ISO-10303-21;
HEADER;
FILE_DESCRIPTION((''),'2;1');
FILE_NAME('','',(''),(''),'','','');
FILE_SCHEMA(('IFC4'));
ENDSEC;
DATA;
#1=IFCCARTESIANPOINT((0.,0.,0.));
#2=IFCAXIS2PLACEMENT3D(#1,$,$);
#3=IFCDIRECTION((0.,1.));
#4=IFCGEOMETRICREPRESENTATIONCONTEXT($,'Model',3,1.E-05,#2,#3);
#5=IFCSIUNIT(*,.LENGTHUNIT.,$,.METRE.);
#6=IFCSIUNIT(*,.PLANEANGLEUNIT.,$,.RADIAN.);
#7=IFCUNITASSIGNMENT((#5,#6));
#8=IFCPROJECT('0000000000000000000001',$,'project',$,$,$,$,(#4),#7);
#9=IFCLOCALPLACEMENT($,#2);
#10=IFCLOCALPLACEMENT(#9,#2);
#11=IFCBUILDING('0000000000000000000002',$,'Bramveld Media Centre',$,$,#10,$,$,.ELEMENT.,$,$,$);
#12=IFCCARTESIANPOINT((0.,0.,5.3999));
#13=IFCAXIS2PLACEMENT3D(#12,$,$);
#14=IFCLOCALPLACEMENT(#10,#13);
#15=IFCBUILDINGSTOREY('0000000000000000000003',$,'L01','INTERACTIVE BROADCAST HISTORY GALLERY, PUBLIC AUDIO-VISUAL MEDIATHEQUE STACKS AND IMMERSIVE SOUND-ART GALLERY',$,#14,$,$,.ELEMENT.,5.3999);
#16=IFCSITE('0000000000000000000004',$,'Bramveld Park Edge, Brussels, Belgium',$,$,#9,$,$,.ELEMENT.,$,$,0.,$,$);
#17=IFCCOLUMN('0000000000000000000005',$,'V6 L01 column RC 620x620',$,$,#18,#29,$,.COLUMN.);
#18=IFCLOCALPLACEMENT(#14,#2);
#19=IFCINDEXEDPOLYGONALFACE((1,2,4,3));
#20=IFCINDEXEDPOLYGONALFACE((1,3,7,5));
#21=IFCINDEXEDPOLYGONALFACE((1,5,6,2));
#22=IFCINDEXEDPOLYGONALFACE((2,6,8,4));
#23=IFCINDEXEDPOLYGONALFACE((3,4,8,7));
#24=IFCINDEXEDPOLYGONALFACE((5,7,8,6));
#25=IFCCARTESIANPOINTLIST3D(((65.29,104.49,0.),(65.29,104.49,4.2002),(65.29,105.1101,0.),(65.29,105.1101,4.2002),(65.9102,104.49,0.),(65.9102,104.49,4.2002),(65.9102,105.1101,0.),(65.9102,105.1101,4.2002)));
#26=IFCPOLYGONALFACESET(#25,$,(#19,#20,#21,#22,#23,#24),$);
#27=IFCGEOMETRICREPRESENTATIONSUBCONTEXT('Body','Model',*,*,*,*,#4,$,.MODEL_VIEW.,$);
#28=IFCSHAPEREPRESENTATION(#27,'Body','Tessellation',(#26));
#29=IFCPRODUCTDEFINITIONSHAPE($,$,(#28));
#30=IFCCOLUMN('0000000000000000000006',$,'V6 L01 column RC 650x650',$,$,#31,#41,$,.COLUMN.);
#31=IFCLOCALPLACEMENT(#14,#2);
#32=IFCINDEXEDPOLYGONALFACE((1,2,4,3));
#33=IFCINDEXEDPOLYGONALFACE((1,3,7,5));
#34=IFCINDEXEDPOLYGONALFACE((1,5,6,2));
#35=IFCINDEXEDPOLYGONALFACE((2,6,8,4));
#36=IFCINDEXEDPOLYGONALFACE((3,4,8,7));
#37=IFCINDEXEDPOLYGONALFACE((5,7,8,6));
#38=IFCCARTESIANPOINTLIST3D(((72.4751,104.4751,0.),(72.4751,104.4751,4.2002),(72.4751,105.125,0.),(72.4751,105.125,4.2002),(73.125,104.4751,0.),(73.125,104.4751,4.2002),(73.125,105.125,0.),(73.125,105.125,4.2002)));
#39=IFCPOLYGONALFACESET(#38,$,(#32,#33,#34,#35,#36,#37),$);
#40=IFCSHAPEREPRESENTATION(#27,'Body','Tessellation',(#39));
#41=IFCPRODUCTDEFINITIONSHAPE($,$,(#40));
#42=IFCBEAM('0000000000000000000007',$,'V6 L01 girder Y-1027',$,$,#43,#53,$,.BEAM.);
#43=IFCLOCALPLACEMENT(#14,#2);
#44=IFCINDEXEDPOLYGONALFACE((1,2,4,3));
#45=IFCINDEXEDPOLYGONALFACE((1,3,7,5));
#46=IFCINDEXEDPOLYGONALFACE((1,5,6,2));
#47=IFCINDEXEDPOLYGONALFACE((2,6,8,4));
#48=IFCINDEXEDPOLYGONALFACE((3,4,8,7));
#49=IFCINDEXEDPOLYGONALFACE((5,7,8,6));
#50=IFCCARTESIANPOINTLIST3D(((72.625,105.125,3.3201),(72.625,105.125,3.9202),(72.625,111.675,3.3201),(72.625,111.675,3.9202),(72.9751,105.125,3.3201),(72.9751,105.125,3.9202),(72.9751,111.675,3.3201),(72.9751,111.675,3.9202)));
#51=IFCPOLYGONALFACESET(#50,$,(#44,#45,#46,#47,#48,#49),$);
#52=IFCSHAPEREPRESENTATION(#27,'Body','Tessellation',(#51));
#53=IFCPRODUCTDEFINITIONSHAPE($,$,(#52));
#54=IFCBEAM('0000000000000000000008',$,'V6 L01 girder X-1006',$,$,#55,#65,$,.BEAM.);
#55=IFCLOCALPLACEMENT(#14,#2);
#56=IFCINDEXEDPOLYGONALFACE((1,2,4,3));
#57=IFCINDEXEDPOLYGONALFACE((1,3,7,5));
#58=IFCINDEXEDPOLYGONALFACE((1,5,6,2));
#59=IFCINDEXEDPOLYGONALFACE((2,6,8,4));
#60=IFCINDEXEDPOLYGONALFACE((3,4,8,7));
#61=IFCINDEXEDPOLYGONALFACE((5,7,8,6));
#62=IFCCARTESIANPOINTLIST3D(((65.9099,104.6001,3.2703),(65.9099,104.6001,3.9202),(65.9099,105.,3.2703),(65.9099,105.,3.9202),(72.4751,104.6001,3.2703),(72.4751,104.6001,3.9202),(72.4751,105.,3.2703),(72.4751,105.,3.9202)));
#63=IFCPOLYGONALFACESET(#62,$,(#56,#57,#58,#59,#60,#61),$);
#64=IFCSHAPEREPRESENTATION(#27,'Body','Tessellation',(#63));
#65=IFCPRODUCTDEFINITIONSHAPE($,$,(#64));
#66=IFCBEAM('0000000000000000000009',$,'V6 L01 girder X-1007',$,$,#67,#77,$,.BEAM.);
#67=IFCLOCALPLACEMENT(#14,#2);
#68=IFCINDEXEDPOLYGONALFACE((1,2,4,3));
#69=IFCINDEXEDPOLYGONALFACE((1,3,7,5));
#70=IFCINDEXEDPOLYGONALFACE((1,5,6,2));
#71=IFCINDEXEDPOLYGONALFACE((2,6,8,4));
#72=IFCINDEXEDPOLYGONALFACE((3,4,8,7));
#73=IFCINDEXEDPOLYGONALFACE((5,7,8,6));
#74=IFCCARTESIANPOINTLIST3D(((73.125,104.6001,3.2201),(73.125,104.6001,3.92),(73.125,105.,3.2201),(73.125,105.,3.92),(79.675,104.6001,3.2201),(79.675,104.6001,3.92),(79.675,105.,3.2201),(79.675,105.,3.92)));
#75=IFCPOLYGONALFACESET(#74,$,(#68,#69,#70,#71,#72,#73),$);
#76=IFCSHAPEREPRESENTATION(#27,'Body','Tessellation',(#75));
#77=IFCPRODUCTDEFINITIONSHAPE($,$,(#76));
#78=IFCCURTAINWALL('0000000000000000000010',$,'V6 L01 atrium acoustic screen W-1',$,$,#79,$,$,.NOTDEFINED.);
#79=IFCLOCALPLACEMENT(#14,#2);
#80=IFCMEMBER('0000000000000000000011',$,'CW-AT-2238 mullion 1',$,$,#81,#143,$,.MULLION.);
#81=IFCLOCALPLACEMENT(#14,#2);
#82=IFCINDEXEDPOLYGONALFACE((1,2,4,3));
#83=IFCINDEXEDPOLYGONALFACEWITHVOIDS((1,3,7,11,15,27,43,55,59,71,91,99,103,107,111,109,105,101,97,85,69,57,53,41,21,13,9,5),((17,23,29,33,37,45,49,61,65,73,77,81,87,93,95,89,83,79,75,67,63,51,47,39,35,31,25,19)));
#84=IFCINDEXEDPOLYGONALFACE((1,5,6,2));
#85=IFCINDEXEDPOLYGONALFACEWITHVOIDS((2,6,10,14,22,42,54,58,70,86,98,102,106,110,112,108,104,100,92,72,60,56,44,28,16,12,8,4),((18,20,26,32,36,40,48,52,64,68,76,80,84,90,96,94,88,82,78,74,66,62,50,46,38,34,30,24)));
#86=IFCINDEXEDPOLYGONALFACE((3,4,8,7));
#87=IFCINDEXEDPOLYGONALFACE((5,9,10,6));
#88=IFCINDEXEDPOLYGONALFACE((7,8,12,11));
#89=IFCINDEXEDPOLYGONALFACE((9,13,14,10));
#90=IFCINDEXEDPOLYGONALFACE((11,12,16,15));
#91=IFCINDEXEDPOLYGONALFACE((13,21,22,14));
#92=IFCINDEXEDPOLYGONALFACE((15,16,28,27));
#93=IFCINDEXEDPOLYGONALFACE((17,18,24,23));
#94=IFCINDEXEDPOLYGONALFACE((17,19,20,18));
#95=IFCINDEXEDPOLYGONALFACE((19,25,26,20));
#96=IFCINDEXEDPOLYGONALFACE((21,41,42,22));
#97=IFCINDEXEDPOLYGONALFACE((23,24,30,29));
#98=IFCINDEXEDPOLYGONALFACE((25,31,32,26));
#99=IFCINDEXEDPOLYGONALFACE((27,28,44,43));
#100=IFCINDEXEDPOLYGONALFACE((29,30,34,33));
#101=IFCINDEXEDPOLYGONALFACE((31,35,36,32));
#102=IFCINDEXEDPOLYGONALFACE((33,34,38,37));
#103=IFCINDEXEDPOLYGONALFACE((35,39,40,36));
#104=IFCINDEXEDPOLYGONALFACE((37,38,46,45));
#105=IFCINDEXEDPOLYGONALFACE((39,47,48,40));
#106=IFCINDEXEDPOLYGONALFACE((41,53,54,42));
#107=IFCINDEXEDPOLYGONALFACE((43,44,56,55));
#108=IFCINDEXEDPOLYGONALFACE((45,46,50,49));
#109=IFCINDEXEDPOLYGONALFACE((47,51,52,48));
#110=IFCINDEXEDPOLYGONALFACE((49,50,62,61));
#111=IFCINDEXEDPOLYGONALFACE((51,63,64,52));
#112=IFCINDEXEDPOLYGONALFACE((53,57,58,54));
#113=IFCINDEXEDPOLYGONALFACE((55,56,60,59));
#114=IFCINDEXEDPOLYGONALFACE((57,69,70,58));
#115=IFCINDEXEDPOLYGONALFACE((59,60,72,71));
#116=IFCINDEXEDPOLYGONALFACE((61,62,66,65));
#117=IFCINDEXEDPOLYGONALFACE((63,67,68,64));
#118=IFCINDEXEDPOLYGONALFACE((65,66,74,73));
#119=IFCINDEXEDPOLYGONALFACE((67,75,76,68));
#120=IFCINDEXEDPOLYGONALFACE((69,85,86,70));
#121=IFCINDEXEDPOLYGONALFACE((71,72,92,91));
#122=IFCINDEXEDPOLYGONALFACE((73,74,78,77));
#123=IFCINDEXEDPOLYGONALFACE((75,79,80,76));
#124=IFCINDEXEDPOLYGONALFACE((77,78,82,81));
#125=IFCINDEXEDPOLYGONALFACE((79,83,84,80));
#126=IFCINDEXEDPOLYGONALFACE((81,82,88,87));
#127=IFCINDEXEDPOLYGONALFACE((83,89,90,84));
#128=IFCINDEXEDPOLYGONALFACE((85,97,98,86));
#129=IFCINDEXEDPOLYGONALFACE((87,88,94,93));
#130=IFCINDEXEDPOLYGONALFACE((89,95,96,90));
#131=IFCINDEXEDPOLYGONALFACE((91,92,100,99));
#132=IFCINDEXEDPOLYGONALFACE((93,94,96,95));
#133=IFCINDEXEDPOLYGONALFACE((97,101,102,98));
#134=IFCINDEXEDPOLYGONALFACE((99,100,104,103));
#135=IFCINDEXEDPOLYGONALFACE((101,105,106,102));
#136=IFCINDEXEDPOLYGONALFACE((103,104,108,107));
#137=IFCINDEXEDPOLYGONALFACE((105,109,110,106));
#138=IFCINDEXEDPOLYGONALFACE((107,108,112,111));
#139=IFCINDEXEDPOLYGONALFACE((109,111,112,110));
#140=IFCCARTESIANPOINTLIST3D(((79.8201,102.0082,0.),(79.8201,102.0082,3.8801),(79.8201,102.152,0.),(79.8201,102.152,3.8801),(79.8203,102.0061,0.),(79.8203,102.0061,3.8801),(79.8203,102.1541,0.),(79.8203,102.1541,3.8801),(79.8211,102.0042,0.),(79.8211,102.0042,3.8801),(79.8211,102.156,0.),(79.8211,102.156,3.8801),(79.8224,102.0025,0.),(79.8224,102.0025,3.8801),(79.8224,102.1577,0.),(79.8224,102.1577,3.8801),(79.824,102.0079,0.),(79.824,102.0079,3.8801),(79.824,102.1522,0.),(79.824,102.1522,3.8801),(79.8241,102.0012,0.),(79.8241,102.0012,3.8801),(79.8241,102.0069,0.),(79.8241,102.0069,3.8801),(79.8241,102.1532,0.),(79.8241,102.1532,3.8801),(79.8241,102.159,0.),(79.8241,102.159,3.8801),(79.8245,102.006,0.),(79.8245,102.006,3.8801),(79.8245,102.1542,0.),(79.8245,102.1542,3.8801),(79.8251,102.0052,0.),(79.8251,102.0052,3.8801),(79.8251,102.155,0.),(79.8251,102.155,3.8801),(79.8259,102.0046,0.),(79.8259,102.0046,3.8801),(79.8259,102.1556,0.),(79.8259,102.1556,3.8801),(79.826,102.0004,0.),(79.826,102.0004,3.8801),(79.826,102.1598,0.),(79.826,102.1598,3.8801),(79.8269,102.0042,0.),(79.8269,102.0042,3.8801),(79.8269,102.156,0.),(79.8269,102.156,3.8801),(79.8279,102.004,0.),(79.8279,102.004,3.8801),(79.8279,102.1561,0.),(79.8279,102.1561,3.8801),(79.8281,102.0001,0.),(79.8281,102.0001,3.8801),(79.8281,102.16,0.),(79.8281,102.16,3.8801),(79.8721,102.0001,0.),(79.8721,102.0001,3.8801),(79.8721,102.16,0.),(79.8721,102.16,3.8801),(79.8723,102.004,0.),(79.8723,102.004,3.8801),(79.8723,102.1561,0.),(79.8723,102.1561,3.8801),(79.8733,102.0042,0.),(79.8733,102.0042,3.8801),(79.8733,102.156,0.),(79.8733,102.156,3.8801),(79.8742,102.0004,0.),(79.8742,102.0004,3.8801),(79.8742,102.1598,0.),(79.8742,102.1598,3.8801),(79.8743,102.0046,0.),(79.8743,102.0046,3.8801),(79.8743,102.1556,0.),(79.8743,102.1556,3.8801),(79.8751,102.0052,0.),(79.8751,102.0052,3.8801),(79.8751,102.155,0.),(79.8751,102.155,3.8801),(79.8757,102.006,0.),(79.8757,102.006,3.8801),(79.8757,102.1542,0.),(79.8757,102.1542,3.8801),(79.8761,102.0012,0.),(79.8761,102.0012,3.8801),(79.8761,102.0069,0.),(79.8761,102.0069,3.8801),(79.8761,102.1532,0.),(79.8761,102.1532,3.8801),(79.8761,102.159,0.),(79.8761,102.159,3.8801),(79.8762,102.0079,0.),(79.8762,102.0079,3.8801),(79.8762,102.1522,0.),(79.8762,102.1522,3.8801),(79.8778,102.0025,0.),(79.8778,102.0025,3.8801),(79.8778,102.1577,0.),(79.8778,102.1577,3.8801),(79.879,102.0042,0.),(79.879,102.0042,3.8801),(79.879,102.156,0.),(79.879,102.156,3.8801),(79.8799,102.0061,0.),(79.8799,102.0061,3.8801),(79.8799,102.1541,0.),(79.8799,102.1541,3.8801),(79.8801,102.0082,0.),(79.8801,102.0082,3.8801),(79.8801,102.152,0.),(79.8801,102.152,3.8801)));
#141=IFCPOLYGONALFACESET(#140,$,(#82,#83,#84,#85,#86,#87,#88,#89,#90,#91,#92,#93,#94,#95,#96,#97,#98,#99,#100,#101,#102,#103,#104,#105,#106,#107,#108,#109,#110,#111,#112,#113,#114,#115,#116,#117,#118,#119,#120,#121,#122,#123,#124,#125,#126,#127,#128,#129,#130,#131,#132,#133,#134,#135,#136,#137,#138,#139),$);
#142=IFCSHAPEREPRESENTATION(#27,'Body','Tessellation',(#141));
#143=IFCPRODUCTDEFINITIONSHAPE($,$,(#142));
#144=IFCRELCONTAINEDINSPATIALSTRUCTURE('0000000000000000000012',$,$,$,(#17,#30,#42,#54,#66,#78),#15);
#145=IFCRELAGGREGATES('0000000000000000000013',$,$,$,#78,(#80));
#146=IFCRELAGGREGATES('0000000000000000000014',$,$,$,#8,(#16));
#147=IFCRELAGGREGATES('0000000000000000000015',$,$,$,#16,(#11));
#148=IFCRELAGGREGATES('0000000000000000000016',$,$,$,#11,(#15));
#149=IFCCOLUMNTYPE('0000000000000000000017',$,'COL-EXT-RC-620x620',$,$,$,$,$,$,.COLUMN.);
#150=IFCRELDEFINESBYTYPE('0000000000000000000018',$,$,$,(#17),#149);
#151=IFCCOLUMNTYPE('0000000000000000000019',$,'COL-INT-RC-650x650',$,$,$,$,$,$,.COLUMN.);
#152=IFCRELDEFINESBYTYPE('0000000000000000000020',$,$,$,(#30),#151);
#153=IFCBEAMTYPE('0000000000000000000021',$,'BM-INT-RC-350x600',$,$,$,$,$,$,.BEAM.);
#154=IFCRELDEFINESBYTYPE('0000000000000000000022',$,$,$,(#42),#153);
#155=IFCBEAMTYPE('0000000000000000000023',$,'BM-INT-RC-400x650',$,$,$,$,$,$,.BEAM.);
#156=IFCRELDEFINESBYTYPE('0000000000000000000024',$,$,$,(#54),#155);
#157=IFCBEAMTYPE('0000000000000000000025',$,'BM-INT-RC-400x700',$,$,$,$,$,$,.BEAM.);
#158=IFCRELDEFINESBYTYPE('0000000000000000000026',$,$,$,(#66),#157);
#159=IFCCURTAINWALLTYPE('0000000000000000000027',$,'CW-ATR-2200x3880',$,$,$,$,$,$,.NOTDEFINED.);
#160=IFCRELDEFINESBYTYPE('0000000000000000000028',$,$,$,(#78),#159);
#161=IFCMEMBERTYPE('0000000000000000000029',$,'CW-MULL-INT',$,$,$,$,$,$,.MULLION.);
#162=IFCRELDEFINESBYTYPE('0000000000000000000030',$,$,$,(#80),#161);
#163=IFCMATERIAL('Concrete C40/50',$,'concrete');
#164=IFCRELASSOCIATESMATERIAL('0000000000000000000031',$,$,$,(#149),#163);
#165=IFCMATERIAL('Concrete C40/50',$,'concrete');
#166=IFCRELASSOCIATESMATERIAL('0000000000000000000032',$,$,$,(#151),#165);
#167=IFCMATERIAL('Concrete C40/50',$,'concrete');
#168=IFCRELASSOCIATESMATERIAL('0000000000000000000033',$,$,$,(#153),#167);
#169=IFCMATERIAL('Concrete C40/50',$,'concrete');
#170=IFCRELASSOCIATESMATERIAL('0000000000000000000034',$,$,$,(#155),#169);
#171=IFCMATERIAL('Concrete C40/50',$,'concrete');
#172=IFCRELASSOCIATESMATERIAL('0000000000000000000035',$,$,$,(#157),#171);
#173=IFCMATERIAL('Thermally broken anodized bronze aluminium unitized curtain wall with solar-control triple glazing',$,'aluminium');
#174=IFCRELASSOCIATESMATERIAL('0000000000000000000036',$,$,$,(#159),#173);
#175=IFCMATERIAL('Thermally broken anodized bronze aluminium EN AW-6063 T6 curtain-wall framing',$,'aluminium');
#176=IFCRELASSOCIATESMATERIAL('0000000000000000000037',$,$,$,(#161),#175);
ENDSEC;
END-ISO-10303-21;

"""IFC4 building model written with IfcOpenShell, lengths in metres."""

from ifc_helpers import new_model, si_unit, direction, frame, origin, origin_2d, place, context, subcontext, project, spatial, rectangle, hollow_rectangle, extrude, material, material_profile, profile_set, type_object, element, aggregate, save


model = new_model("IFC4")

# Units and contexts
model_context = context("Model", 3, precision=1e-05, world=origin(), true_north=direction((0.0, 1.0)))
body_context = subcontext(model_context, "Body", "Model", "MODEL_VIEW")
ifc_project = project(units=[si_unit("LENGTHUNIT", "METRE"), si_unit("PLANEANGLEUNIT", "RADIAN")], contexts=[model_context])

# Site, building, storey
site_placement = place(None, origin())
site = spatial("IfcSite", under=ifc_project, at=site_placement, Name="Bramveld Park Edge, Brussels, Belgium", CompositionType="ELEMENT", RefElevation=0.0)
building_placement = place(site_placement, origin())
building = spatial("IfcBuilding", under=site, at=building_placement, Name="Bramveld Media Centre", CompositionType="ELEMENT")
storey_placement = place(building_placement, frame((0.0, 0.0, 5.3999)))
storey = spatial("IfcBuildingStorey", under=building, at=storey_placement, Name="L01", Description="INTERACTIVE BROADCAST HISTORY GALLERY, PUBLIC AUDIO-VISUAL MEDIATHEQUE STACKS AND IMMERSIVE SOUND-ART GALLERY", CompositionType="ELEMENT", Elevation=5.3999)

# Columns
ifc_material_1 = material(Name="Concrete C40/50", Category="concrete")
ifc_material_profile_1 = material_profile(ifc_material_1, rectangle(XDim=0.6201, YDim=0.6201, at=origin_2d()), Name="RC 620x620")
ifc_profile_set_1 = profile_set([ifc_material_profile_1], Name="Concrete C40/50")
column_type_1 = type_object("IfcColumnType", Name="COL-EXT-RC-620x620", PredefinedType="COLUMN", material=ifc_profile_set_1)
column_1_placement = place(storey_placement, frame((65.6001, 104.8, 0.0), z_axis=(0.0, 0.0, 1.0), x_axis=(1.0, 0.0, 0.0)))
element("IfcColumn", 1, at=column_1_placement, inside=storey, type_object=column_type_1, Name="V6 L01 column RC 620x620", PredefinedType="COLUMN", context=body_context, shape_type="SweptSolid", body=[
    extrude(rectangle(XDim=0.6201, YDim=0.6201, at=origin_2d()), origin(), (0.0, 0.0, 1.0), 4.2002),
])
ifc_material_2 = material(Name="Concrete C40/50", Category="concrete")
ifc_material_profile_2 = material_profile(ifc_material_2, rectangle(XDim=0.6499, YDim=0.6499, at=origin_2d()), Name="RC 650x650")
ifc_profile_set_2 = profile_set([ifc_material_profile_2], Name="Concrete C40/50")
column_type_2 = type_object("IfcColumnType", Name="COL-INT-RC-650x650", PredefinedType="COLUMN", material=ifc_profile_set_2)
column_2_placement = place(storey_placement, frame((72.8, 104.8, 0.0), z_axis=(0.0, 0.0, 1.0), x_axis=(1.0, 0.0, 0.0)))
element("IfcColumn", 2, at=column_2_placement, inside=storey, type_object=column_type_2, Name="V6 L01 column RC 650x650", PredefinedType="COLUMN", context=body_context, shape_type="SweptSolid", body=[
    extrude(rectangle(XDim=0.6499, YDim=0.6499, at=origin_2d()), origin(), (0.0, 0.0, 1.0), 4.2002),
])

# Beams
ifc_material_3 = material(Name="Concrete C40/50", Category="concrete")
ifc_material_profile_3 = material_profile(ifc_material_3, rectangle(XDim=0.3501, YDim=0.6001, at=origin_2d()), Name="RC 350x600")
ifc_profile_set_3 = profile_set([ifc_material_profile_3], Name="Concrete C40/50")
beam_type_1 = type_object("IfcBeamType", Name="BM-INT-RC-350x600", PredefinedType="BEAM", material=ifc_profile_set_3)
beam_1_placement = place(storey_placement, frame((72.8, 105.125, 3.6201), z_axis=(0.0, 1.0, 0.0), x_axis=(-1.0, 0.0, 0.0)))
element("IfcBeam", 3, at=beam_1_placement, inside=storey, type_object=beam_type_1, Name="V6 L01 girder Y-1027", PredefinedType="BEAM", context=body_context, shape_type="SweptSolid", body=[
    extrude(rectangle(XDim=0.3501, YDim=0.6001, at=origin_2d()), origin(), (0.0, 0.0, 1.0), 6.55),
])
ifc_material_4 = material(Name="Concrete C40/50", Category="concrete")
ifc_material_profile_4 = material_profile(ifc_material_4, rectangle(XDim=0.3999, YDim=0.6499, at=origin_2d()), Name="RC 400x650")
ifc_profile_set_4 = profile_set([ifc_material_profile_4], Name="Concrete C40/50")
beam_type_2 = type_object("IfcBeamType", Name="BM-INT-RC-400x650", PredefinedType="BEAM", material=ifc_profile_set_4)
beam_2_placement = place(storey_placement, frame((65.9099, 104.8, 3.5952), z_axis=(1.0, 0.0, 0.0), x_axis=(0.0, 1.0, 0.0)))
element("IfcBeam", 4, at=beam_2_placement, inside=storey, type_object=beam_type_2, Name="V6 L01 girder X-1006", PredefinedType="BEAM", context=body_context, shape_type="SweptSolid", body=[
    extrude(rectangle(XDim=0.3999, YDim=0.6499, at=origin_2d()), origin(), (0.0, 0.0, 1.0), 6.5652),
])
ifc_material_5 = material(Name="Concrete C40/50", Category="concrete")
ifc_material_profile_5 = material_profile(ifc_material_5, rectangle(XDim=0.3999, YDim=0.7, at=origin_2d()), Name="RC 400x700")
ifc_profile_set_5 = profile_set([ifc_material_profile_5], Name="Concrete C40/50")
beam_type_3 = type_object("IfcBeamType", Name="BM-INT-RC-400x700", PredefinedType="BEAM", material=ifc_profile_set_5)
beam_3_placement = place(storey_placement, frame((73.125, 104.8, 3.5701), z_axis=(1.0, 0.0, 0.0), x_axis=(0.0, 1.0, 0.0)))
element("IfcBeam", 5, at=beam_3_placement, inside=storey, type_object=beam_type_3, Name="V6 L01 girder X-1007", PredefinedType="BEAM", context=body_context, shape_type="SweptSolid", body=[
    extrude(rectangle(XDim=0.3999, YDim=0.7, at=origin_2d()), origin(), (0.0, 0.0, 1.0), 6.55),
])

# Curtain wall, member
ifc_material_6 = material(Name="Thermally broken anodized bronze aluminium unitized curtain wall with solar-control triple glazing", Category="aluminium")
curtain_wall_type_1 = type_object("IfcCurtainWallType", Name="CW-ATR-2200x3880", PredefinedType="NOTDEFINED", material=ifc_material_6)
curtain_wall_1_placement = place(storey_placement, origin())
curtain_wall_1 = element("IfcCurtainWall", 6, at=curtain_wall_1_placement, inside=storey, type_object=curtain_wall_type_1, Name="V6 L01 atrium acoustic screen W-1", PredefinedType="NOTDEFINED")
ifc_material_7 = material(Name="Thermally broken anodized bronze aluminium EN AW-6063 T6 curtain-wall framing", Category="aluminium")
ifc_material_profile_6 = material_profile(ifc_material_7, hollow_rectangle(XDim=0.0601, YDim=0.1599, WallThickness=0.0039, InnerFilletRadius=0.0039, OuterFilletRadius=0.0081, at=origin_2d()), Name="AL-MULL 60x160")
ifc_profile_set_6 = profile_set([ifc_material_profile_6], Name="Thermally broken anodized bronze aluminium EN AW-6063 T6 curtain-wall framing")
member_type_1 = type_object("IfcMemberType", Name="CW-MULL-INT", PredefinedType="MULLION", material=ifc_profile_set_6)
member_1_placement = place(storey_placement, frame((79.8501, 102.0801, 0.0), z_axis=(0.0, 0.0, 1.0), x_axis=(-1.0, 0.0, 0.0)))
member_1 = element("IfcMember", 7, at=member_1_placement, type_object=member_type_1, Name="CW-AT-2238 mullion 1", PredefinedType="MULLION", context=body_context, shape_type="SweptSolid", body=[
    extrude(hollow_rectangle(XDim=0.0601, YDim=0.1599, WallThickness=0.0039, InnerFilletRadius=0.0039, OuterFilletRadius=0.0081, at=origin_2d()), origin(), (0.0, 0.0, 1.0), 3.8801),
])

aggregate(curtain_wall_1, [member_1])

save(model, "model.ifc")
